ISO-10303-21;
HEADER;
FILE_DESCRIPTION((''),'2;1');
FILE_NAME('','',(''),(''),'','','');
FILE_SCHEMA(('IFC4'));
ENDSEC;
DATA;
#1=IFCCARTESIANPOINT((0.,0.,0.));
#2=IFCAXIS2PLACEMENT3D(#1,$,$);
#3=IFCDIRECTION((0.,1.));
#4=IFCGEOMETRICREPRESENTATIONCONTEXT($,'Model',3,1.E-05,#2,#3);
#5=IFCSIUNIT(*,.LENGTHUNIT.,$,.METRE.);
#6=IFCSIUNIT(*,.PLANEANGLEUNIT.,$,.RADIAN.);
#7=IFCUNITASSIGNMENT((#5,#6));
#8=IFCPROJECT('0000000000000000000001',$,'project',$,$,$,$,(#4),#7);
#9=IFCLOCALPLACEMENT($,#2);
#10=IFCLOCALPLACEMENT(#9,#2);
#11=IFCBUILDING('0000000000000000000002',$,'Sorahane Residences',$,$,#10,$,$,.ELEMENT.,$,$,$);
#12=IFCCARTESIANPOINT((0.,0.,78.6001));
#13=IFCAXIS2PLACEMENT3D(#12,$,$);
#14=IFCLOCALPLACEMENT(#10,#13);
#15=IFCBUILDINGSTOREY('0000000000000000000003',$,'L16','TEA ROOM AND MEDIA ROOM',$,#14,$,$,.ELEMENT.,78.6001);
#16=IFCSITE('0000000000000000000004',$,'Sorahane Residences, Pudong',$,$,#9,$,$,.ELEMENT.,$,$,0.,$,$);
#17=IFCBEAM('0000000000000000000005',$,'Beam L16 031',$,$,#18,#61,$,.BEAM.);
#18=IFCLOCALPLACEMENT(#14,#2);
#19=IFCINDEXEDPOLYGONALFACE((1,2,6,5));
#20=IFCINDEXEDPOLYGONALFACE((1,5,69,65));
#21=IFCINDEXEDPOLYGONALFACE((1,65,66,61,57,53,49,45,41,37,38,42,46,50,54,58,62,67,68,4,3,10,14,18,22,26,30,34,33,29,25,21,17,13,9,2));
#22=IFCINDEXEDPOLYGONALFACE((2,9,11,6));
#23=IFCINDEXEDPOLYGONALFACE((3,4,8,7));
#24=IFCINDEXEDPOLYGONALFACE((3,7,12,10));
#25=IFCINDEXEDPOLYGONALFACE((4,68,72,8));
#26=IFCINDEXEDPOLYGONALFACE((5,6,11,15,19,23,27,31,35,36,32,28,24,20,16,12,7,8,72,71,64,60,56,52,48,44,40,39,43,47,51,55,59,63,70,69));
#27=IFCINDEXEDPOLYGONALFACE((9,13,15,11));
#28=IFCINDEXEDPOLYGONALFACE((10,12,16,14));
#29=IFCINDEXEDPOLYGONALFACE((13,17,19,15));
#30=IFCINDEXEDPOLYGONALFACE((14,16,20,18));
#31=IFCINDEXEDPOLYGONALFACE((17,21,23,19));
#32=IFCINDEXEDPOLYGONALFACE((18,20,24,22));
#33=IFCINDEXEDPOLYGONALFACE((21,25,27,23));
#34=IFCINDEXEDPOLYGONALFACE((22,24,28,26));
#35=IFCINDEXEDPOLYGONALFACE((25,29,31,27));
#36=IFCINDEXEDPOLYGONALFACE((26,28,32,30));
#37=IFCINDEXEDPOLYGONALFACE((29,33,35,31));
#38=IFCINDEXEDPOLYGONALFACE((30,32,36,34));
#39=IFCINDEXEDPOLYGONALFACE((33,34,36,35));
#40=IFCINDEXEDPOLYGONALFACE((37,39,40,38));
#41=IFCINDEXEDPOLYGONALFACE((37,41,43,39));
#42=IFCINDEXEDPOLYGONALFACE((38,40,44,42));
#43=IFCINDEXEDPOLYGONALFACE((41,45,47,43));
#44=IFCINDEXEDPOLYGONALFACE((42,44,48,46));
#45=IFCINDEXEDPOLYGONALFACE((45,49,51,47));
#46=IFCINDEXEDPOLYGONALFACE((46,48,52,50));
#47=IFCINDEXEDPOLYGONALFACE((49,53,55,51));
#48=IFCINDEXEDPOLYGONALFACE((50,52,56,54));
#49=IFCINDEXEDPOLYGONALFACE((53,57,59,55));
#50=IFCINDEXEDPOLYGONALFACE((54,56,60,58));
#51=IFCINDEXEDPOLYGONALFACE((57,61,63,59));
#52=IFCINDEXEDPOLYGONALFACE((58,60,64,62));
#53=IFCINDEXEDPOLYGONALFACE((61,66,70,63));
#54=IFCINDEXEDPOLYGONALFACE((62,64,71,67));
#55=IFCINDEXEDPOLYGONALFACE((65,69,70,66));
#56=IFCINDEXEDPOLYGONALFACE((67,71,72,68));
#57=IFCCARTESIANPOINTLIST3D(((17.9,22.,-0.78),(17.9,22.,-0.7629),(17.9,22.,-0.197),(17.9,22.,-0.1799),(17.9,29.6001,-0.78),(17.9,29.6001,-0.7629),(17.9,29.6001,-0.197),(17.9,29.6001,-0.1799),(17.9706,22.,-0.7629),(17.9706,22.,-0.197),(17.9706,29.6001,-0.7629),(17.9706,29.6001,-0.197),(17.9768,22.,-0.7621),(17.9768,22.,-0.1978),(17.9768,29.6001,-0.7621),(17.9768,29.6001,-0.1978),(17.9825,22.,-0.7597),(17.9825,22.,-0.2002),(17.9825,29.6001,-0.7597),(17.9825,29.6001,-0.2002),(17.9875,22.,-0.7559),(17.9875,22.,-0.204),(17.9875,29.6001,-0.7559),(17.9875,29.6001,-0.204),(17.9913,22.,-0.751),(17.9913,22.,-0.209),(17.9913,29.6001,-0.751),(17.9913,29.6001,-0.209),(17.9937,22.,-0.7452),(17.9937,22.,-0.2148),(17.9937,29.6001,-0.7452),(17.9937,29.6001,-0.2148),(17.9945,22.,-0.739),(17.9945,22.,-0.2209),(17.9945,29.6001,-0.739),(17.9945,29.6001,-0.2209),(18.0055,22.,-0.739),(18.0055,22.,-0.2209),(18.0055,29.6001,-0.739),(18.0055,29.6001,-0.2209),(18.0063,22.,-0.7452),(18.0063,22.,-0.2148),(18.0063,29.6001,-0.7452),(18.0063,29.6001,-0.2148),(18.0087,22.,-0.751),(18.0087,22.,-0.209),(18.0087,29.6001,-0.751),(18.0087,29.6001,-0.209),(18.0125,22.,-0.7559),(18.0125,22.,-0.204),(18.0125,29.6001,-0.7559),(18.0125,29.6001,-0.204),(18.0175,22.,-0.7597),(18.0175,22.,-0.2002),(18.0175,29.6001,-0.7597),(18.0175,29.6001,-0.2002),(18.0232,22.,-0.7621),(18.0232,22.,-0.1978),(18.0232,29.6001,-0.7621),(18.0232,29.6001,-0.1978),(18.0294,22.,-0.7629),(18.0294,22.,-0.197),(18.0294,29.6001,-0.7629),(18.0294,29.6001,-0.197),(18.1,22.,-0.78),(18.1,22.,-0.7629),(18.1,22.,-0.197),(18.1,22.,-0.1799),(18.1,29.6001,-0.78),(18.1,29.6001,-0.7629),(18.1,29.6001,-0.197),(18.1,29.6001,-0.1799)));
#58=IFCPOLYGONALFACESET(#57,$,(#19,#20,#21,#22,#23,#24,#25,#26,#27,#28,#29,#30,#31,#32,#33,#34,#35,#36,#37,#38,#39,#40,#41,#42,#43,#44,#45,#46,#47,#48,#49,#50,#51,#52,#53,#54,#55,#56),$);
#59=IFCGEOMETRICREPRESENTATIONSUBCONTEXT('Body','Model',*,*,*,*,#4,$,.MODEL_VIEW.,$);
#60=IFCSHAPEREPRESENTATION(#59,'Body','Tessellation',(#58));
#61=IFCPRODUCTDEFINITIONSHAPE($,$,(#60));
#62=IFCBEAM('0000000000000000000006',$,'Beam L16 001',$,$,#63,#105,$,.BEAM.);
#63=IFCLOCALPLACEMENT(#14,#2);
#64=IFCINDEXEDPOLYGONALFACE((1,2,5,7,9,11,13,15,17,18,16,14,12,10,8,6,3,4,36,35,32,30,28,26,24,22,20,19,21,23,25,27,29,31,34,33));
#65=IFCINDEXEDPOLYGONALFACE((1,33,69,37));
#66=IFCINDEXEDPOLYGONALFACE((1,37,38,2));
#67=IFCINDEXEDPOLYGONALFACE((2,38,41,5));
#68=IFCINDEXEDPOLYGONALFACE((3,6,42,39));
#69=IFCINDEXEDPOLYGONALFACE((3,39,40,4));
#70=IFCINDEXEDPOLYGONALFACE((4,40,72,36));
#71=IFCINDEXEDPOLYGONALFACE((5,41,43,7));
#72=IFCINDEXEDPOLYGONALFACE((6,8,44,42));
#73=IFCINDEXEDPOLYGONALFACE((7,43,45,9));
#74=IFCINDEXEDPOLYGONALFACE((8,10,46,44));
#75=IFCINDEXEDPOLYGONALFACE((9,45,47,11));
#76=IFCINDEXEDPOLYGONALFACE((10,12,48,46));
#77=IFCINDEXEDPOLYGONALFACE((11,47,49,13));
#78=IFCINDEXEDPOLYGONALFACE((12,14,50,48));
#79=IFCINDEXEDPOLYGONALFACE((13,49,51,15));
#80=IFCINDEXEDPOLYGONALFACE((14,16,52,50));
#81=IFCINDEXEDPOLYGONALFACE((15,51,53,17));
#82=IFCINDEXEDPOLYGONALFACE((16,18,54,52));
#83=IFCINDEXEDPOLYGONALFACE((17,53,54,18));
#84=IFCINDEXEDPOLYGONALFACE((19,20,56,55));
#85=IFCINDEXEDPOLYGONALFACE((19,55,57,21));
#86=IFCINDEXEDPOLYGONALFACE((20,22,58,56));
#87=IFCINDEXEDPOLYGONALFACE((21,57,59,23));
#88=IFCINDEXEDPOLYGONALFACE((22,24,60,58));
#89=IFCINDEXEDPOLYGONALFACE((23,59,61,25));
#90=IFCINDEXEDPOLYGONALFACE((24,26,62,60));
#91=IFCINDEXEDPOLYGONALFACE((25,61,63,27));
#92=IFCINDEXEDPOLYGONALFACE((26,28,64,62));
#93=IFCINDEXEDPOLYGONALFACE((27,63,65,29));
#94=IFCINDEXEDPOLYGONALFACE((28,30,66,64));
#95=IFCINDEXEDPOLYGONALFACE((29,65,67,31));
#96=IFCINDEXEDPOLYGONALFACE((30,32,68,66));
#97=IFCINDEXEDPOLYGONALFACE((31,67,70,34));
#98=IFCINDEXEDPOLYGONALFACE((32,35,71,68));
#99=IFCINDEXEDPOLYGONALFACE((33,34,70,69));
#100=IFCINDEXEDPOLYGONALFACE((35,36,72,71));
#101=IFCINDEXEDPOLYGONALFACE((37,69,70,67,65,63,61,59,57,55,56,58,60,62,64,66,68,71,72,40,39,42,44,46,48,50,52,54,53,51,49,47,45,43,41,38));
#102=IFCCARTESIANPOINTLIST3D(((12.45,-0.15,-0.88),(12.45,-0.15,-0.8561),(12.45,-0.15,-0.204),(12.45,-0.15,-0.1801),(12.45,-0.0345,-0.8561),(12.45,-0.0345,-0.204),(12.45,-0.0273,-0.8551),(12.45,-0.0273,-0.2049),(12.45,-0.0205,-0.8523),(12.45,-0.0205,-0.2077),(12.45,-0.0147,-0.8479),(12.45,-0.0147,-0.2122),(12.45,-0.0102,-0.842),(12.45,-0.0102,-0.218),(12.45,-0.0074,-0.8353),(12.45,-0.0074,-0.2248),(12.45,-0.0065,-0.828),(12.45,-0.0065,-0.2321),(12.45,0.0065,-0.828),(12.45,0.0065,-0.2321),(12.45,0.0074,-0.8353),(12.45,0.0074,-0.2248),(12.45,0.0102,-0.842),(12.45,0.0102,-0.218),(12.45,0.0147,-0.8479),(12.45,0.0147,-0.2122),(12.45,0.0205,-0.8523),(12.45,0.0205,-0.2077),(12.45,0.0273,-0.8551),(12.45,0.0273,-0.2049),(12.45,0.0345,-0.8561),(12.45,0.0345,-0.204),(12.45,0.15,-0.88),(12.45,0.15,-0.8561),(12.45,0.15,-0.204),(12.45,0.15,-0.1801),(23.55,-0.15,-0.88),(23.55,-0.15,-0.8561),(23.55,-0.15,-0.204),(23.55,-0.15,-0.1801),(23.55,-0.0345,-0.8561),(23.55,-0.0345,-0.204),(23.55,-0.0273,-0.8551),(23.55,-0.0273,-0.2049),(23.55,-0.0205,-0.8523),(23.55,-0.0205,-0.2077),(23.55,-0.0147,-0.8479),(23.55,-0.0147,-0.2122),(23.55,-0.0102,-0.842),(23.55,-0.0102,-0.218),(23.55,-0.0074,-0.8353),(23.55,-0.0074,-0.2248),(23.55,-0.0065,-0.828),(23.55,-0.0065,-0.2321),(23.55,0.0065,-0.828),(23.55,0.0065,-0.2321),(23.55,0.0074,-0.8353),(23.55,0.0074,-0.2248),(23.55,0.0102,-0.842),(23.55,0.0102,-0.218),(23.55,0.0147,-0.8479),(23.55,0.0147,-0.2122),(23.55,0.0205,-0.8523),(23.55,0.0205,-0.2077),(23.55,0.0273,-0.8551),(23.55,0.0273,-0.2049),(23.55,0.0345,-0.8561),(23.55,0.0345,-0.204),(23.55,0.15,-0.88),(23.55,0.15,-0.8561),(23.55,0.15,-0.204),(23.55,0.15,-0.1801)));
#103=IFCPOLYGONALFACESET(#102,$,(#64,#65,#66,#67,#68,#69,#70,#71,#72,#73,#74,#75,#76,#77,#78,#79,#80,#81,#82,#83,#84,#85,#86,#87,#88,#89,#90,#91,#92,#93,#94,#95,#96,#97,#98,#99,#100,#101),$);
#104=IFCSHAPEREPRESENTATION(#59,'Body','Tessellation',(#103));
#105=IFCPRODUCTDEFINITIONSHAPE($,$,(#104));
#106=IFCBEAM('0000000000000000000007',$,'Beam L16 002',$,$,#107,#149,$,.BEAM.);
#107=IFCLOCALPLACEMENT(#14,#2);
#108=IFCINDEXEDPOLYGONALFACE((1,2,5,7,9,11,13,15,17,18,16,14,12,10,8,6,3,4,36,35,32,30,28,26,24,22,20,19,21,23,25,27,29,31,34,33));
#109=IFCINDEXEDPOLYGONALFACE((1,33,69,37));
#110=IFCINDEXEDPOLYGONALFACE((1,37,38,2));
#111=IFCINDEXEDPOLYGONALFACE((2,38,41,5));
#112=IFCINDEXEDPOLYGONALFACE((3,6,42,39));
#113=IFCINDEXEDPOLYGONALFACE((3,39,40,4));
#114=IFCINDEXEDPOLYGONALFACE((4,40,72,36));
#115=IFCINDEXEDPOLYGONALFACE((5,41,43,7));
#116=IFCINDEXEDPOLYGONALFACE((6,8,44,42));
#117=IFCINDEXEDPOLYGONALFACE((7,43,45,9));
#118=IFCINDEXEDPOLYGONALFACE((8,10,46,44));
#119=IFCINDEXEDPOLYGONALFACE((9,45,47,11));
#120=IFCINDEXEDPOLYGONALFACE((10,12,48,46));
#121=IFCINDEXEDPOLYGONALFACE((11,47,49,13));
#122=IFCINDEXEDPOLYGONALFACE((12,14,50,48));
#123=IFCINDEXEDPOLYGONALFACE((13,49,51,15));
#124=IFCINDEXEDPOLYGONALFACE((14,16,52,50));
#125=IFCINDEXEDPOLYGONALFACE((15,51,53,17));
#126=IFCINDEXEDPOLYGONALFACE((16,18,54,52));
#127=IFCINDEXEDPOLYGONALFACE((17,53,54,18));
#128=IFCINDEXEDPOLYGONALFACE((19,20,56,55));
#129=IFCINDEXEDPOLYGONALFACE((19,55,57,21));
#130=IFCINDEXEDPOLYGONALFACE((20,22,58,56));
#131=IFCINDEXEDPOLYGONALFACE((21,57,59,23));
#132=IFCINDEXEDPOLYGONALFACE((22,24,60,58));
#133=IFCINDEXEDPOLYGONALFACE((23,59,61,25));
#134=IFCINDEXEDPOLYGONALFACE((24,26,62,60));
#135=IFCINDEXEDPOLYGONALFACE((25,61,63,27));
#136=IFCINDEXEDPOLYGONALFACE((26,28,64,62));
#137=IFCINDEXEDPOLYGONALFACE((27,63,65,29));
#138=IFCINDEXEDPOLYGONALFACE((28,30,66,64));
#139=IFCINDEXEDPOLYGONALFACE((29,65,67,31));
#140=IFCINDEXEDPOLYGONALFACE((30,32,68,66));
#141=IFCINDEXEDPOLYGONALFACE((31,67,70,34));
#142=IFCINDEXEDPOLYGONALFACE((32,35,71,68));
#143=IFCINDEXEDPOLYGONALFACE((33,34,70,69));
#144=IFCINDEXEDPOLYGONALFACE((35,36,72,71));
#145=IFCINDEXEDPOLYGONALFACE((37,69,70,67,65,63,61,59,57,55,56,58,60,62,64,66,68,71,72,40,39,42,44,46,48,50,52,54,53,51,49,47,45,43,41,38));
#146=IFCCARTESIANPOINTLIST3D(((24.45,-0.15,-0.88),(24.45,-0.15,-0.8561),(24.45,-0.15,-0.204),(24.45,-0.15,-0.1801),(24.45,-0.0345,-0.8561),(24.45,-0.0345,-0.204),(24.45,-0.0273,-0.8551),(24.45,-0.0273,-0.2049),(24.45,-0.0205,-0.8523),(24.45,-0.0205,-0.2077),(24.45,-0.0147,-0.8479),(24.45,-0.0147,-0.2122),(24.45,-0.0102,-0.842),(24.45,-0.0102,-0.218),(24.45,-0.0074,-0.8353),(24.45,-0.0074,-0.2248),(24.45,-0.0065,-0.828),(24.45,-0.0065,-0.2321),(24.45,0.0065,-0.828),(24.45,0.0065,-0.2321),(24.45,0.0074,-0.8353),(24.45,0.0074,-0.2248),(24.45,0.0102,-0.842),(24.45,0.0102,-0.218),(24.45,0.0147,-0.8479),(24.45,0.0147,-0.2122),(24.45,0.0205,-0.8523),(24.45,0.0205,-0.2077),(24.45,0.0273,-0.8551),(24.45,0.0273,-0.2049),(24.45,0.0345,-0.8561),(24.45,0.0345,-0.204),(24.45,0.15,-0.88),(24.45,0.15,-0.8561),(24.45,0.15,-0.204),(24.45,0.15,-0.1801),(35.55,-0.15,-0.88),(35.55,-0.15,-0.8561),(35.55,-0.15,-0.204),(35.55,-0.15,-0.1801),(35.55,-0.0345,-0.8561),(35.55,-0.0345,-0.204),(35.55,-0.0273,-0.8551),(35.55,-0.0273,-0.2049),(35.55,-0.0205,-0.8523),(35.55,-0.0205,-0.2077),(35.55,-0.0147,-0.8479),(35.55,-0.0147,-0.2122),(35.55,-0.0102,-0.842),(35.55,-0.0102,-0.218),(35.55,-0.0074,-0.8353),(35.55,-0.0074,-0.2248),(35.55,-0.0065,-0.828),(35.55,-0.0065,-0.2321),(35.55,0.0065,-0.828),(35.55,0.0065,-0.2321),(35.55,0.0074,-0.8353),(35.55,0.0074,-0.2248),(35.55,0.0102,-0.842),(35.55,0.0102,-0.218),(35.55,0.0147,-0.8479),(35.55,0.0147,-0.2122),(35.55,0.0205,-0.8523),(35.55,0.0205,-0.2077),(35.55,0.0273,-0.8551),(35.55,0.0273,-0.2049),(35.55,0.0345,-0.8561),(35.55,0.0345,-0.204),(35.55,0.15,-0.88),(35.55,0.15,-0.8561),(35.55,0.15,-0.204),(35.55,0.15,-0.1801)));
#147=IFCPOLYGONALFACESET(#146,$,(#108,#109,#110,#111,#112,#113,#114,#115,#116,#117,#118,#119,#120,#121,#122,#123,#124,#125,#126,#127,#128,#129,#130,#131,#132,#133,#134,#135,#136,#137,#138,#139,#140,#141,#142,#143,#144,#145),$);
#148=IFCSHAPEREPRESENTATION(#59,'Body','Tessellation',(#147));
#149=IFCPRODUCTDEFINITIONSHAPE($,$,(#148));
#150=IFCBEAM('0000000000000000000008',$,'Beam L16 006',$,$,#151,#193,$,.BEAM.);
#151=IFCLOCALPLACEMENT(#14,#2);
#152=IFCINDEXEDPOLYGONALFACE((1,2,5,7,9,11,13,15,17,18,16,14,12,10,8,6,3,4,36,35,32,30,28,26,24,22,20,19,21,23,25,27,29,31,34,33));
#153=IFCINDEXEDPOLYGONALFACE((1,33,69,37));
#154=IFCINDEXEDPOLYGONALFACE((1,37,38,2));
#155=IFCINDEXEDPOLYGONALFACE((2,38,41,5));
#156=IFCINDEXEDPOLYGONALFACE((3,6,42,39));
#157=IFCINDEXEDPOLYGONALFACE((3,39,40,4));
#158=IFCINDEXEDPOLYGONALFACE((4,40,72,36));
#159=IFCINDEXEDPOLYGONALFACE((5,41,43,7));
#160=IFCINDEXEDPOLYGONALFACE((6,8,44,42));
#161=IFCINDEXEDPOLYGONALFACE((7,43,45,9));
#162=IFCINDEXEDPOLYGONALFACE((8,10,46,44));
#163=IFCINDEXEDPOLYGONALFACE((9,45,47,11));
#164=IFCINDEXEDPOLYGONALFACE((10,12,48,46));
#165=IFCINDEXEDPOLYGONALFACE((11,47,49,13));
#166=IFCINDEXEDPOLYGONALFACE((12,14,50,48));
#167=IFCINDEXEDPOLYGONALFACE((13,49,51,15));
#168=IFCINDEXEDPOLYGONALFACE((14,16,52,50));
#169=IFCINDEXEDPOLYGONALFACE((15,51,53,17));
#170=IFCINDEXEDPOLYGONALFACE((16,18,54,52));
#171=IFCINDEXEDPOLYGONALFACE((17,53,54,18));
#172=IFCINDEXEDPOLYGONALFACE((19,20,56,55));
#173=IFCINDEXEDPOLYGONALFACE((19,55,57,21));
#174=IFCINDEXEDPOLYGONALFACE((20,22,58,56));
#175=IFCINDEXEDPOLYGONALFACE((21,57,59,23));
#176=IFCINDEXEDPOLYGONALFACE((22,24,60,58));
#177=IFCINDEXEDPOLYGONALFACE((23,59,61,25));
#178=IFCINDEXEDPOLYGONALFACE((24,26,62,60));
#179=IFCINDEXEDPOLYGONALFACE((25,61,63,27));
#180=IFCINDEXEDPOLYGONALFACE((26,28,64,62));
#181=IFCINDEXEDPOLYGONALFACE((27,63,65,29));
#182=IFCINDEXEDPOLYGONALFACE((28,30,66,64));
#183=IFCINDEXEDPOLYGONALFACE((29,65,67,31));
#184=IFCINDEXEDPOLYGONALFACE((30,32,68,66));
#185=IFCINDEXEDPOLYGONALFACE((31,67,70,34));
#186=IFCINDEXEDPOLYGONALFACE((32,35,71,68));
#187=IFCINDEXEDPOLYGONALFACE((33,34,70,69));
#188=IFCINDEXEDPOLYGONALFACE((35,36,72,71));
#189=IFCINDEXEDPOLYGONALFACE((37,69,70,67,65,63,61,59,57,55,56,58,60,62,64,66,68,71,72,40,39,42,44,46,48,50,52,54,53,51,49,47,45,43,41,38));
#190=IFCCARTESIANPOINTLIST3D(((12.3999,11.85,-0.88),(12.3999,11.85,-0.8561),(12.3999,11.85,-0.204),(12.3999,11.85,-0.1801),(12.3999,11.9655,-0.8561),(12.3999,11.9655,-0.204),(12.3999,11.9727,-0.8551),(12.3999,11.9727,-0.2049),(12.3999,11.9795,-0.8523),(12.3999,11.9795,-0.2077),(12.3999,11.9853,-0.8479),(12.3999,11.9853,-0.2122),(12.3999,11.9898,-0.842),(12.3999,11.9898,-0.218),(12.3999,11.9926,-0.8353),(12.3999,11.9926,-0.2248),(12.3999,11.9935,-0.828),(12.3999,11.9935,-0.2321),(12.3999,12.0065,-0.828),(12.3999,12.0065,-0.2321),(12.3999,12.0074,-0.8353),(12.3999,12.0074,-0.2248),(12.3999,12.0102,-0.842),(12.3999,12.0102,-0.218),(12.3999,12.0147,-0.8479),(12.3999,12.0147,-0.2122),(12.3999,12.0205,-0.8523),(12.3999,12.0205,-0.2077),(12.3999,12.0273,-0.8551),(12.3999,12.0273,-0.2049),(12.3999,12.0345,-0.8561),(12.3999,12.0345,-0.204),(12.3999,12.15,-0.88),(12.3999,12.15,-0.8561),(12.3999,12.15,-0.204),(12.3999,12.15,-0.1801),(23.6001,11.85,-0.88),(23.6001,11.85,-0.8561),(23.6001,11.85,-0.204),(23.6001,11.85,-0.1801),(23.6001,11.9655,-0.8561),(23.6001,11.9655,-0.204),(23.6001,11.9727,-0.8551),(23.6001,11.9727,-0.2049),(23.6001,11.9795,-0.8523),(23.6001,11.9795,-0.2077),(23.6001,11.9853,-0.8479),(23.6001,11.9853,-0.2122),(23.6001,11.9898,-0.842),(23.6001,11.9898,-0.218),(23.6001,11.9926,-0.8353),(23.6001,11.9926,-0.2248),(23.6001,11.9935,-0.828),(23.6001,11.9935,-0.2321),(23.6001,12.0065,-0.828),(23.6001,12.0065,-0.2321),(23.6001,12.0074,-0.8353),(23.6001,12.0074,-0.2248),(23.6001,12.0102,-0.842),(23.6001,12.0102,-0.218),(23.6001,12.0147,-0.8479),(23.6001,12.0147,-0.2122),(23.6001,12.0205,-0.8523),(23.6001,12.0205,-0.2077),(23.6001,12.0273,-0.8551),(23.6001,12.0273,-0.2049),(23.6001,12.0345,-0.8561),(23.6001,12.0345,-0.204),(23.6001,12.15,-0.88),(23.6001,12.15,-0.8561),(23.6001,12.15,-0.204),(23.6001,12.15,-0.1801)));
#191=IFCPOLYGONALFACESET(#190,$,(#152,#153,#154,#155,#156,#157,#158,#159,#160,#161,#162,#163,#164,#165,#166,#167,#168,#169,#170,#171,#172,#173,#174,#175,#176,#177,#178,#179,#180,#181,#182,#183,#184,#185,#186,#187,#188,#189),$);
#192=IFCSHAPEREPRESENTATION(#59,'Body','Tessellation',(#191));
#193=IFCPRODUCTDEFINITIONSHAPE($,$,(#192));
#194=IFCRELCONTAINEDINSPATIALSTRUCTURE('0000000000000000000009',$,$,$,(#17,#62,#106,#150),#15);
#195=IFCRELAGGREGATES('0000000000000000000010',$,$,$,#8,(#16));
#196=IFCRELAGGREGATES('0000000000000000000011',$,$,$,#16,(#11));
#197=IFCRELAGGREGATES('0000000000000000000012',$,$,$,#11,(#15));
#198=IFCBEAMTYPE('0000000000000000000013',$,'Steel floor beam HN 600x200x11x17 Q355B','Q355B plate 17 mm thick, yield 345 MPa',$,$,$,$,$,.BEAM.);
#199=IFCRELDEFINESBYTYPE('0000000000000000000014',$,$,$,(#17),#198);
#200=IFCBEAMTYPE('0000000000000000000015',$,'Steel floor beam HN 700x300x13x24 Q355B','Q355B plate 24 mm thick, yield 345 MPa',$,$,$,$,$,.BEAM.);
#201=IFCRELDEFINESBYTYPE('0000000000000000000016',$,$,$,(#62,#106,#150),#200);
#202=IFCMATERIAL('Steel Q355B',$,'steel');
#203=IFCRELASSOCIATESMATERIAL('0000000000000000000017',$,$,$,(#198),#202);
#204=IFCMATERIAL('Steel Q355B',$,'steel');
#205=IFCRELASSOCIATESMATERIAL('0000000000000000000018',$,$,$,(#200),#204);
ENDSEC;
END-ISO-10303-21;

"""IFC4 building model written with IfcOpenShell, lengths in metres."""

from ifc_helpers import new_model, si_unit, direction, frame, origin, origin_2d, place, context, subcontext, project, spatial, i_section, extrude, material, material_profile, profile_set, type_object, element, save


model = new_model("IFC4")

# Units and contexts
model_context = context("Model", 3, precision=1e-05, world=origin(), true_north=direction((0.0, 1.0)))
body_context = subcontext(model_context, "Body", "Model", "MODEL_VIEW")
ifc_project = project(units=[si_unit("LENGTHUNIT", "METRE"), si_unit("PLANEANGLEUNIT", "RADIAN")], contexts=[model_context])

# Site, building, storey
site_placement = place(None, origin())
site = spatial("IfcSite", under=ifc_project, at=site_placement, Name="Sorahane Residences, Pudong", CompositionType="ELEMENT", RefElevation=0.0)
building_placement = place(site_placement, origin())
building = spatial("IfcBuilding", under=site, at=building_placement, Name="Sorahane Residences", CompositionType="ELEMENT")
storey_placement = place(building_placement, frame((0.0, 0.0, 78.6001)))
storey = spatial("IfcBuildingStorey", under=building, at=storey_placement, Name="L16", Description="TEA ROOM AND MEDIA ROOM", CompositionType="ELEMENT", Elevation=78.6001)

# Beams
ifc_material_1 = material(Name="Steel Q355B", Category="steel")
ifc_material_profile_1 = material_profile(ifc_material_1, i_section(OverallWidth=0.2, OverallDepth=0.6001, WebThickness=0.011, FlangeThickness=0.0171, FilletRadius=0.0239, at=origin_2d()), Name="HN 600x200x11x17")
ifc_profile_set_1 = profile_set([ifc_material_profile_1], Name="Steel Q355B")
beam_type_1 = type_object("IfcBeamType", Name="Steel floor beam HN 600x200x11x17 Q355B", Description="Q355B plate 17 mm thick, yield 345 MPa", PredefinedType="BEAM", material=ifc_profile_set_1)
beam_1_placement = place(storey_placement, frame((18.0, 22.0, -0.48), z_axis=(0.0, 1.0, 0.0), x_axis=(-1.0, 0.0, 0.0)))
element("IfcBeam", 1, at=beam_1_placement, inside=storey, type_object=beam_type_1, Name="Beam L16 031", PredefinedType="BEAM", context=body_context, shape_type="SweptSolid", body=[
    extrude(i_section(OverallWidth=0.2, OverallDepth=0.6001, WebThickness=0.011, FlangeThickness=0.0171, FilletRadius=0.0239, at=origin_2d()), origin(), (0.0, 0.0, 1.0), 7.6001),
])
ifc_material_2 = material(Name="Steel Q355B", Category="steel")
ifc_material_profile_2 = material_profile(ifc_material_2, i_section(OverallWidth=0.3, OverallDepth=0.7, WebThickness=0.0129, FlangeThickness=0.0239, FilletRadius=0.0281, at=origin_2d()), Name="HN 700x300x13x24")
ifc_profile_set_2 = profile_set([ifc_material_profile_2], Name="Steel Q355B")
beam_type_2 = type_object("IfcBeamType", Name="Steel floor beam HN 700x300x13x24 Q355B", Description="Q355B plate 24 mm thick, yield 345 MPa", PredefinedType="BEAM", material=ifc_profile_set_2)
for number, where, z_axis, x_axis, name in (
    (2, (12.45, 0.0, -0.53), (1.0, 0.0, 0.0), (0.0, 1.0, 0.0), "Beam L16 001"),
    (3, (24.45, 0.0, -0.53), (1.0, 0.0, 0.0), (0.0, 1.0, 0.0), "Beam L16 002"),
):
    element("IfcBeam", number, at=place(storey_placement, frame(where, z_axis=z_axis, x_axis=x_axis)), inside=storey, type_object=beam_type_2, Name=name, PredefinedType="BEAM", context=body_context, shape_type="SweptSolid", body=[
        extrude(i_section(OverallWidth=0.3, OverallDepth=0.7, WebThickness=0.0129, FlangeThickness=0.0239, FilletRadius=0.0281, at=origin_2d()), origin(), (0.0, 0.0, 1.0), 11.1001),
    ])
for number, where, z_axis, x_axis, name in (
    (4, (12.3999, 12.0, -0.53), (1.0, 0.0, 0.0), (0.0, 1.0, 0.0), "Beam L16 006"),
):
    element("IfcBeam", number, at=place(storey_placement, frame(where, z_axis=z_axis, x_axis=x_axis)), inside=storey, type_object=beam_type_2, Name=name, PredefinedType="BEAM", context=body_context, shape_type="SweptSolid", body=[
        extrude(i_section(OverallWidth=0.3, OverallDepth=0.7, WebThickness=0.0129, FlangeThickness=0.0239, FilletRadius=0.0281, at=origin_2d()), origin(), (0.0, 0.0, 1.0), 11.2002),
    ])

save(model, "model.ifc")
